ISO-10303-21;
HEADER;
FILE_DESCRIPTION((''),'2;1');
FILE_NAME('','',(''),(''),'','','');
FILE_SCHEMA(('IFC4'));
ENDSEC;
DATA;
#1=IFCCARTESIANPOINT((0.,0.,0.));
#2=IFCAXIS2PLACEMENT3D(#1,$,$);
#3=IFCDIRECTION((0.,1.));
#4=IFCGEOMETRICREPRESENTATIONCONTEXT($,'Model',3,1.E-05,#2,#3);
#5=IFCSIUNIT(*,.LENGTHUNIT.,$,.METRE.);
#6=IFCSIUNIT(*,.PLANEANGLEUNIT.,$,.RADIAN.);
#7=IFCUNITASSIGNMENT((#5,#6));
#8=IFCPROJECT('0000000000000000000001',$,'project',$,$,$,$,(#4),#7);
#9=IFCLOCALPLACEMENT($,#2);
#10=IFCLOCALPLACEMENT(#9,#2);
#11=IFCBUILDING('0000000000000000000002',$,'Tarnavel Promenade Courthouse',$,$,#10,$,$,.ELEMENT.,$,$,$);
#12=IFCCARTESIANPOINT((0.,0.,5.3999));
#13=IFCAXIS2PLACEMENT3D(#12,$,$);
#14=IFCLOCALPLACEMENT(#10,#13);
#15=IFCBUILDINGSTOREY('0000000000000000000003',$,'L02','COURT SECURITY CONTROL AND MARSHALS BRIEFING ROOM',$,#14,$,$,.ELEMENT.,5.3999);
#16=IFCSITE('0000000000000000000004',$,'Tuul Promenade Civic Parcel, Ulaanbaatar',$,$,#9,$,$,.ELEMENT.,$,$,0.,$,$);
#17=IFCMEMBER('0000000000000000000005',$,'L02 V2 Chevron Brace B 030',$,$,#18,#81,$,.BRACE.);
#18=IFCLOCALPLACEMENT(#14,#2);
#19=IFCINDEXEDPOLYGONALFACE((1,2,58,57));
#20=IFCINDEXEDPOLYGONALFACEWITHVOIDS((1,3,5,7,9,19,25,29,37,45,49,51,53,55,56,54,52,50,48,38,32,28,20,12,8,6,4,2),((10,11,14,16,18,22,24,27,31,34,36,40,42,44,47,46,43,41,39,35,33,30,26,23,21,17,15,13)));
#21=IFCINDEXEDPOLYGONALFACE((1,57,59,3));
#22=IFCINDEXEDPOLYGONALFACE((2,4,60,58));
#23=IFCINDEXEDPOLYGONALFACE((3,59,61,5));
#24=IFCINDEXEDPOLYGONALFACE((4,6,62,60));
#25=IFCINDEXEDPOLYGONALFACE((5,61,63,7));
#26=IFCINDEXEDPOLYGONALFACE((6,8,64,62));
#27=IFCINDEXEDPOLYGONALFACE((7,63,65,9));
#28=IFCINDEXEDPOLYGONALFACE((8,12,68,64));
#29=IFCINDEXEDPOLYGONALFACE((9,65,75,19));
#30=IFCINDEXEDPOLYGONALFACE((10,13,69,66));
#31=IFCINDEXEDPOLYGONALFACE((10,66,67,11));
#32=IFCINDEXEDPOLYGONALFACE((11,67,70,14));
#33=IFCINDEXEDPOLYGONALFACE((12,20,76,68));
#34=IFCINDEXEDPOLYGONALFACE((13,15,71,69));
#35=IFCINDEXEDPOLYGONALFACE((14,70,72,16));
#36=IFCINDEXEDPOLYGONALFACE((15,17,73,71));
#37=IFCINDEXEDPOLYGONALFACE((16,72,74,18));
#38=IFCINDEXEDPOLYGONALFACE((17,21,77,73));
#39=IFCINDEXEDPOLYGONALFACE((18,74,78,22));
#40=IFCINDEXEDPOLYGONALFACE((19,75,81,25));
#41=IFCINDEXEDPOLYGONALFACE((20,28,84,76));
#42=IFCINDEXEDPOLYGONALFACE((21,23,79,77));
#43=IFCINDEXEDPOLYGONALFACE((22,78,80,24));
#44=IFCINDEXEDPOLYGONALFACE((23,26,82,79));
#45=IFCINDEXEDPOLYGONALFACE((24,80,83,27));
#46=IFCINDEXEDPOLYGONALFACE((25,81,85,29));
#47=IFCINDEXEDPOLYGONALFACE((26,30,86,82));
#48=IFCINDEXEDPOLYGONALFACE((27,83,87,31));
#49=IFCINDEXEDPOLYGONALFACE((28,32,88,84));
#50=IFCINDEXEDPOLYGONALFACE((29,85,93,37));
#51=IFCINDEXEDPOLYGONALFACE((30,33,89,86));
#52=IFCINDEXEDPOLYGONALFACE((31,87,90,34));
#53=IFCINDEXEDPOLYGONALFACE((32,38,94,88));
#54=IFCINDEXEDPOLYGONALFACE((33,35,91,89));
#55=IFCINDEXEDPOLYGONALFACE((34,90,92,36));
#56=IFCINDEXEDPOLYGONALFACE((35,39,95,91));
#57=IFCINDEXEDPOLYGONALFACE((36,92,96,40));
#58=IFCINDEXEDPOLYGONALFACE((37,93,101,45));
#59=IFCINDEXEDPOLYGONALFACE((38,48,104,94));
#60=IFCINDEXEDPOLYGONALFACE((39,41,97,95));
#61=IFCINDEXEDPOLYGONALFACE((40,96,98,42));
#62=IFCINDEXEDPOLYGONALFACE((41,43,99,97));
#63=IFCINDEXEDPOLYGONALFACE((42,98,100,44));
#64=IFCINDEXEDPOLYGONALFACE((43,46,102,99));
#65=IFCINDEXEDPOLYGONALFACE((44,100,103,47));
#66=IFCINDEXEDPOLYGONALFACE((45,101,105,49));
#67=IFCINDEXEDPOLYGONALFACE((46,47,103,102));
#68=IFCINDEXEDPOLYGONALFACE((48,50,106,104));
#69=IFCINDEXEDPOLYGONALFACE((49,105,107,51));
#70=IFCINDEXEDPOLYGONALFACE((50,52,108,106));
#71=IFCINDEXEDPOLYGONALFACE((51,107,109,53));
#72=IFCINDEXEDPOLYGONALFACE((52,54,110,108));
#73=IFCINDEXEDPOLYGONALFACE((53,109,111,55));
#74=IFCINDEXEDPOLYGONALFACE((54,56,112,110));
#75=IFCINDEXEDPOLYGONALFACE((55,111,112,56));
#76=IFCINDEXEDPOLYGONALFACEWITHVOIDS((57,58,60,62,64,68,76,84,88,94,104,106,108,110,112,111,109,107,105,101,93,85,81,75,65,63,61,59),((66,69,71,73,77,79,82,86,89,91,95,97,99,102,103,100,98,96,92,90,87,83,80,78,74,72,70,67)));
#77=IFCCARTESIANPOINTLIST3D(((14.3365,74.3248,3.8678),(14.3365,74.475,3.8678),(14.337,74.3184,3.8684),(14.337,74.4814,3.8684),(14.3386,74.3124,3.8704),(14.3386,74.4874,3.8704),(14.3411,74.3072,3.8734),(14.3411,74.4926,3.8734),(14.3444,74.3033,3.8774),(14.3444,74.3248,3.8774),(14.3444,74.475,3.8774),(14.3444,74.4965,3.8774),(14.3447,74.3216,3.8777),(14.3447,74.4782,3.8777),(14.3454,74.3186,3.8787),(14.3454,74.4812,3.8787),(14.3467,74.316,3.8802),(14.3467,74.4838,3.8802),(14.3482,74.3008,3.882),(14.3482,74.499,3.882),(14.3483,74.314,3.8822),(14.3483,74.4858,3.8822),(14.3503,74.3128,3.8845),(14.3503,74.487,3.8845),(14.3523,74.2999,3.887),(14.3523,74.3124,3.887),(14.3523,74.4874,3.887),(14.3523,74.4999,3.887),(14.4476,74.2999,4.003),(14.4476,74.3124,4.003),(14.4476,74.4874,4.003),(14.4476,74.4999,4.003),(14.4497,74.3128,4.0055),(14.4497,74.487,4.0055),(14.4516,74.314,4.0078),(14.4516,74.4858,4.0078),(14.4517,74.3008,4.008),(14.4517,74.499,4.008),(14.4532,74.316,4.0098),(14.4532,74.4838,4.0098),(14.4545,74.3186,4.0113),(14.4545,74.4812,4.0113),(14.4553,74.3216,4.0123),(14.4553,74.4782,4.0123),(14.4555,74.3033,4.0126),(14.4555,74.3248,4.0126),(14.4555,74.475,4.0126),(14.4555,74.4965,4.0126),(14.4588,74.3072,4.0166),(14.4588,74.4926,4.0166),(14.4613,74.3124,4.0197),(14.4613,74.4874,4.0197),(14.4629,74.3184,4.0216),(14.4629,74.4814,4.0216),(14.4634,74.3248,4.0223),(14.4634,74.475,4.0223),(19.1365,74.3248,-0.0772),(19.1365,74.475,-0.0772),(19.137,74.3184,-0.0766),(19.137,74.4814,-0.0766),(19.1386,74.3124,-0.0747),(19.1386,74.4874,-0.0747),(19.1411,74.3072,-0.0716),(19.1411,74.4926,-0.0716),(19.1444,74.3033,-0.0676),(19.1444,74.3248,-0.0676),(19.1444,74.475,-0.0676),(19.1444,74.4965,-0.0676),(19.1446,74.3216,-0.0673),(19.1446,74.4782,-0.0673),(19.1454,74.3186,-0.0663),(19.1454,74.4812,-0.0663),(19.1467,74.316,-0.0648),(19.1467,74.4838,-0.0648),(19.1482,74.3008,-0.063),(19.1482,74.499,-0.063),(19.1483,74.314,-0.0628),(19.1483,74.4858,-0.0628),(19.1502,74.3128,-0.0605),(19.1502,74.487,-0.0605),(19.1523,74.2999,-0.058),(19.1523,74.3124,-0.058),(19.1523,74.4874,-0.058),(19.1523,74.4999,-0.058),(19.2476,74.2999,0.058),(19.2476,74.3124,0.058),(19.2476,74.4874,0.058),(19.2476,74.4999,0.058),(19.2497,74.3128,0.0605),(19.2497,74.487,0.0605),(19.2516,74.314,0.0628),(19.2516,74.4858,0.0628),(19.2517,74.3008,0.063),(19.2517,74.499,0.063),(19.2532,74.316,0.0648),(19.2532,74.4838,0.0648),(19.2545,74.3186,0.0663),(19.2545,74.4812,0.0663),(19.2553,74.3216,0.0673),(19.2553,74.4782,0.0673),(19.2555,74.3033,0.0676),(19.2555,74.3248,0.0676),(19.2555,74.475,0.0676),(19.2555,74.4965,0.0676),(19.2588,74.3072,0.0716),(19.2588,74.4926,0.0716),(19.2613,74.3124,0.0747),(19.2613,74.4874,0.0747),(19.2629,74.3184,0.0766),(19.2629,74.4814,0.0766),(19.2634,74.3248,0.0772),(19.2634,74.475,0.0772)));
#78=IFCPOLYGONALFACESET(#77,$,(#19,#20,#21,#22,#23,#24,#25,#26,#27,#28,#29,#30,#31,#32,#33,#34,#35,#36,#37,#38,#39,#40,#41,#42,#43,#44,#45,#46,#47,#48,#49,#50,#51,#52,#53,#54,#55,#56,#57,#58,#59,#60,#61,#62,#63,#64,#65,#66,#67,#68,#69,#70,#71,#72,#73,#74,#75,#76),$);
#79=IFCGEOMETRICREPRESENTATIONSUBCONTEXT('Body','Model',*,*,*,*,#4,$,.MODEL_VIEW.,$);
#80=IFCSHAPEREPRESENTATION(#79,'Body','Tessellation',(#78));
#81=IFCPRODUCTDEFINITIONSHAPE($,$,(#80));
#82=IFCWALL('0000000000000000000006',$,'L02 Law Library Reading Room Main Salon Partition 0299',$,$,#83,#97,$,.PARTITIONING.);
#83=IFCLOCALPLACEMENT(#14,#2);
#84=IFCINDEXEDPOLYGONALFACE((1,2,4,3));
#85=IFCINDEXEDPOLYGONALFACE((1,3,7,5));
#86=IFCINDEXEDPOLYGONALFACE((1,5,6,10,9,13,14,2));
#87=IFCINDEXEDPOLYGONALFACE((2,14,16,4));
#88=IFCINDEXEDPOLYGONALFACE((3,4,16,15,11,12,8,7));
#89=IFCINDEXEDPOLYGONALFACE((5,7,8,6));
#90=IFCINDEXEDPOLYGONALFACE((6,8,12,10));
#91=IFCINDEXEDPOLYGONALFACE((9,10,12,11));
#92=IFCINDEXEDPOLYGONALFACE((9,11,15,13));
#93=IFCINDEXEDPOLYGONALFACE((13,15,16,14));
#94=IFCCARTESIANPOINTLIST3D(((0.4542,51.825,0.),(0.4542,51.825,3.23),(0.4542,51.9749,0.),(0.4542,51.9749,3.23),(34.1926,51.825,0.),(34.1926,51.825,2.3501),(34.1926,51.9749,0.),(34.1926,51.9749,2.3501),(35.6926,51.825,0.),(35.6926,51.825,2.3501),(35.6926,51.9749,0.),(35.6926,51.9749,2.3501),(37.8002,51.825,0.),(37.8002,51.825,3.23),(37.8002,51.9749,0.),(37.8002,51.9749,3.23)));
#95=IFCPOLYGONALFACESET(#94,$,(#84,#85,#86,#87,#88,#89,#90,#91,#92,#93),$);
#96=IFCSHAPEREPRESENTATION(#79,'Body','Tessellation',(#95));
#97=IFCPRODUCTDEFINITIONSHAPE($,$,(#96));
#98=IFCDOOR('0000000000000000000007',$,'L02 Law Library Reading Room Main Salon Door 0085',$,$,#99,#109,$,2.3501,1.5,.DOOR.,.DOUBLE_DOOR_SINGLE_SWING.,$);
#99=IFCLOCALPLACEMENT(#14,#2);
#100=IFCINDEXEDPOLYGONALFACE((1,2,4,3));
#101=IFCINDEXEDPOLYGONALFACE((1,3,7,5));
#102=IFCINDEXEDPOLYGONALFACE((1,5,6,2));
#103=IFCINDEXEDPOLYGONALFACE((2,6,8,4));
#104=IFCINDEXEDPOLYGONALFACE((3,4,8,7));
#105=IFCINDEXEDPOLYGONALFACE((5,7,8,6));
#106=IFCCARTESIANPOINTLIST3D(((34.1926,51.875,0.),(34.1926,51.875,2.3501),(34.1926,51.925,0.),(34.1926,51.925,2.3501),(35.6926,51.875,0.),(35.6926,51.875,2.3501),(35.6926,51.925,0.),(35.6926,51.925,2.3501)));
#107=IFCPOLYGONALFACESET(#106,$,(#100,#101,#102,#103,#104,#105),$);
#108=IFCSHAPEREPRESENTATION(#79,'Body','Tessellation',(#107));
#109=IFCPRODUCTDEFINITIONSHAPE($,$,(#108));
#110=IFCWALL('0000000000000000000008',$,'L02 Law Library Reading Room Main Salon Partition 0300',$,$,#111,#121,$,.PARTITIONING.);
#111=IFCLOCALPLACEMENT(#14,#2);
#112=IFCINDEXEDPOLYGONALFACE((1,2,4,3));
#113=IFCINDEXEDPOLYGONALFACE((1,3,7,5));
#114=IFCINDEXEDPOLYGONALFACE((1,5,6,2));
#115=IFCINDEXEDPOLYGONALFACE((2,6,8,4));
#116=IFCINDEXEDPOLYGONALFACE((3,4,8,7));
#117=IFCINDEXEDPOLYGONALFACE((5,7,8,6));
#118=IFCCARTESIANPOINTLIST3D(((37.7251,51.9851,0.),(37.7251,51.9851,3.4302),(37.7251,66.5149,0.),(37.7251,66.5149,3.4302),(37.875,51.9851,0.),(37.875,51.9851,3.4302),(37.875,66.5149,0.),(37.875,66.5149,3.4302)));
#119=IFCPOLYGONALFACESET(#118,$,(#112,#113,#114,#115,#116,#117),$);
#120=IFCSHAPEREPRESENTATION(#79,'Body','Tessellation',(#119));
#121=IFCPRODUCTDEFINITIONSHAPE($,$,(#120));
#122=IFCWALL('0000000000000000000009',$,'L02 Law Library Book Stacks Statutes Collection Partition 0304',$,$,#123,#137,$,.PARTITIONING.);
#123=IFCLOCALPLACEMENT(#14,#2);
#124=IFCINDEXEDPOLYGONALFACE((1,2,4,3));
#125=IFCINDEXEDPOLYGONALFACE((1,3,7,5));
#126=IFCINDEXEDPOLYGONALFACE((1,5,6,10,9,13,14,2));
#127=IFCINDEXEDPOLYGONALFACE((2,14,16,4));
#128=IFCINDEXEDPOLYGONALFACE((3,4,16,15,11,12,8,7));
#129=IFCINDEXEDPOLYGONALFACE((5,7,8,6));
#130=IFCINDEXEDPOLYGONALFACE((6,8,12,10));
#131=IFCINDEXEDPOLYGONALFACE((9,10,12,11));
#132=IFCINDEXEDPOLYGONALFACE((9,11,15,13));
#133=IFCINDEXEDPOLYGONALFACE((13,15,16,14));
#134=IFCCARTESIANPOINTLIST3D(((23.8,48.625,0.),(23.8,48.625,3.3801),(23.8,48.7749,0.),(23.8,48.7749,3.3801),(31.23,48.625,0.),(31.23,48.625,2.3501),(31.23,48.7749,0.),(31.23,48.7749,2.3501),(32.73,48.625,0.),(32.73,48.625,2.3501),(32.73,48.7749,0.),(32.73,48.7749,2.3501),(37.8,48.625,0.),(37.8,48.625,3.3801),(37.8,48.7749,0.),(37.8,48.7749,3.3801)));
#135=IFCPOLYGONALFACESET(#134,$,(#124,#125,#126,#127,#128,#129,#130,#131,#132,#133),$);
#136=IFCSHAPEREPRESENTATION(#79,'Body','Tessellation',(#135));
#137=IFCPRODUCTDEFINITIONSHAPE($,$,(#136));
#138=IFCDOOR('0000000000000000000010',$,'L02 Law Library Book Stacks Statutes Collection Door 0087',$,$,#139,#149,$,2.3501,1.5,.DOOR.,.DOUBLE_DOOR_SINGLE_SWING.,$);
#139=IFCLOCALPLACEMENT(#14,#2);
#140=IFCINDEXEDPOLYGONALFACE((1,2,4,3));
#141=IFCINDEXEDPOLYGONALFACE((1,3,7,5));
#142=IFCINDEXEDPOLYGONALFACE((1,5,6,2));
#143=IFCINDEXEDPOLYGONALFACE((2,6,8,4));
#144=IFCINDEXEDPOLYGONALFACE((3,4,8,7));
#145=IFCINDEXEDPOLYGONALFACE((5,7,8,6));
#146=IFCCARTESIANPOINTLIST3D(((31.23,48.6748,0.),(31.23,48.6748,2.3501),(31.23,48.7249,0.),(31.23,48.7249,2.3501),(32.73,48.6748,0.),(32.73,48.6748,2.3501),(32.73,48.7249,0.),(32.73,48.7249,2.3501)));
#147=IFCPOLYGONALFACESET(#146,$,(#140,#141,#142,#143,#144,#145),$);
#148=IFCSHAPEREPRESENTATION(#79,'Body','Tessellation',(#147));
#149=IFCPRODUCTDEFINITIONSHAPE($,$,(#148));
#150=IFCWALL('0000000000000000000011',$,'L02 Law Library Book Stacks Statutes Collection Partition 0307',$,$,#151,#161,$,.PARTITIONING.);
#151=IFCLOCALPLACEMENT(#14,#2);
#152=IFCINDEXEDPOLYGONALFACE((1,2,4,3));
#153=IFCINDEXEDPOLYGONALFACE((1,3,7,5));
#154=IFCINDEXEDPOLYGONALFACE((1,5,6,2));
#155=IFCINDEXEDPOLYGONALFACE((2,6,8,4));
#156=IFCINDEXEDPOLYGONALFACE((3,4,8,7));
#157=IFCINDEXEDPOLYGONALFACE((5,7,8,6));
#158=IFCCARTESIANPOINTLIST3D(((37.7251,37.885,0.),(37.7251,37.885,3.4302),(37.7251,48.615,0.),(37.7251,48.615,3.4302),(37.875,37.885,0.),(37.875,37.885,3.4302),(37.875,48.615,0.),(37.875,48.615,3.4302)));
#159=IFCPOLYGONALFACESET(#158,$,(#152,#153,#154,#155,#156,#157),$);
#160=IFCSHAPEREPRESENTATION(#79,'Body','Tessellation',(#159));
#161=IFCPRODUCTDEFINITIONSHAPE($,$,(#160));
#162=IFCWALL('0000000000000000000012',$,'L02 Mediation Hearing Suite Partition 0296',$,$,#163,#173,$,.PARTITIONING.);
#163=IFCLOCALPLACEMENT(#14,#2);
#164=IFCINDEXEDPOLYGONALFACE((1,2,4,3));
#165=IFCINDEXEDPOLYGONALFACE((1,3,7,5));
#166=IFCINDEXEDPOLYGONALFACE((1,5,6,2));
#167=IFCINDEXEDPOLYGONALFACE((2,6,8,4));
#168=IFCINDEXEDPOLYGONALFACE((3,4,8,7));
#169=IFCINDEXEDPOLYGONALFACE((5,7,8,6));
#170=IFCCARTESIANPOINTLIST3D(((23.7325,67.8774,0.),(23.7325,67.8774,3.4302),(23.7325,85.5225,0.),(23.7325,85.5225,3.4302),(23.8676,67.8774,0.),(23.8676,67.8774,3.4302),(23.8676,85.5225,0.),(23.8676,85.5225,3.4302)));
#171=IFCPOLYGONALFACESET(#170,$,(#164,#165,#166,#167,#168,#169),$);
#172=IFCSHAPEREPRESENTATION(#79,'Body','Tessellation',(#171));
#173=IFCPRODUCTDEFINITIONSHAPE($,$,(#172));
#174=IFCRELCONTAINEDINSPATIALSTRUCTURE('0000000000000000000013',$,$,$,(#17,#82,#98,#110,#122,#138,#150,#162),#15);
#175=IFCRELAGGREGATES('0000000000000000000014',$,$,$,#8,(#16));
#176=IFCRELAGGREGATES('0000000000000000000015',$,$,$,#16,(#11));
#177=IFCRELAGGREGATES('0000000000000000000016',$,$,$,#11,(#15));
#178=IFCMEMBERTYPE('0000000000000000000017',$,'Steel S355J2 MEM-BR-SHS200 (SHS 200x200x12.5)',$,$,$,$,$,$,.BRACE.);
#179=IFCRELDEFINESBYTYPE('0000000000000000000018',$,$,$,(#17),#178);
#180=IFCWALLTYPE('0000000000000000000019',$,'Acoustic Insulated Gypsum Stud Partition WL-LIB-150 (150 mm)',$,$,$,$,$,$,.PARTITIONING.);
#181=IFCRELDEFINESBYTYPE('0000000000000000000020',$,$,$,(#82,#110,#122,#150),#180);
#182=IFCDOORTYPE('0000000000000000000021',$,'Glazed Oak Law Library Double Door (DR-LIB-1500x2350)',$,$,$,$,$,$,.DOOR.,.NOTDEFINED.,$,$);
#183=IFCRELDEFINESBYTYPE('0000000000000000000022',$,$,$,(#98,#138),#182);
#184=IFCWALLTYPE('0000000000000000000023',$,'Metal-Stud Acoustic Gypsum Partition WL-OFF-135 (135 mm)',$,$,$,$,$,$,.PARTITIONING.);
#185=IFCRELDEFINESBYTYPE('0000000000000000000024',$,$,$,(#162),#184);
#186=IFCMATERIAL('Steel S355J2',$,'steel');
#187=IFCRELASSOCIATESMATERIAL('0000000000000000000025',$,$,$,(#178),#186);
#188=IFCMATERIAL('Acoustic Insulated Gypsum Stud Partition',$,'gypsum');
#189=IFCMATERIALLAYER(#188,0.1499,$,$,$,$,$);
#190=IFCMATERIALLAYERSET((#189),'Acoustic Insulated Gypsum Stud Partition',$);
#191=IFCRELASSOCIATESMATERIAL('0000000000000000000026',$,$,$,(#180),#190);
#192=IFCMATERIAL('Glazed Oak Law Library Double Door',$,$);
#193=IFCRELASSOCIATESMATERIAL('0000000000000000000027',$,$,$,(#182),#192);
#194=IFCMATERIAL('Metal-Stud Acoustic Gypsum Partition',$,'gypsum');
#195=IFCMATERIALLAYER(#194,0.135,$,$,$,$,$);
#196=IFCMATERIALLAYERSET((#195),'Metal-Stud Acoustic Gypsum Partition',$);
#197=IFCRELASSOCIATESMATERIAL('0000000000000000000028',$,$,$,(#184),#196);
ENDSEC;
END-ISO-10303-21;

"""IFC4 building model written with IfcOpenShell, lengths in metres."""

from ifc_helpers import new_model, si_unit, direction, frame, frame_2d, origin, origin_2d, place, context, subcontext, project, spatial, rectangle, hollow_rectangle, extrude, material, layer, layer_set, material_profile, profile_set, type_object, element, fill, save


model = new_model("IFC4")

# Units and contexts
model_context = context("Model", 3, precision=1e-05, world=origin(), true_north=direction((0.0, 1.0)))
body_context = subcontext(model_context, "Body", "Model", "MODEL_VIEW")
ifc_project = project(units=[si_unit("LENGTHUNIT", "METRE"), si_unit("PLANEANGLEUNIT", "RADIAN")], contexts=[model_context])

# Site, building, storey
site_placement = place(None, origin())
site = spatial("IfcSite", under=ifc_project, at=site_placement, Name="Tuul Promenade Civic Parcel, Ulaanbaatar", CompositionType="ELEMENT", RefElevation=0.0)
building_placement = place(site_placement, origin())
building = spatial("IfcBuilding", under=site, at=building_placement, Name="Tarnavel Promenade Courthouse", CompositionType="ELEMENT")
storey_placement = place(building_placement, frame((0.0, 0.0, 5.3999)))
storey = spatial("IfcBuildingStorey", under=building, at=storey_placement, Name="L02", Description="COURT SECURITY CONTROL AND MARSHALS BRIEFING ROOM", CompositionType="ELEMENT", Elevation=5.3999)

# Member
ifc_material_1 = material(Name="Steel S355J2", Category="steel")
ifc_material_profile_1 = material_profile(ifc_material_1, hollow_rectangle(XDim=0.2, YDim=0.2, WallThickness=0.0125, InnerFilletRadius=0.0125, OuterFilletRadius=0.0249, at=origin_2d()), Name="SHS 200x200x12.5")
ifc_profile_set_1 = profile_set([ifc_material_profile_1], Name="Steel S355J2")
member_type = type_object("IfcMemberType", Name="Steel S355J2 MEM-BR-SHS200 (SHS 200x200x12.5)", PredefinedType="BRACE", material=ifc_profile_set_1)
member_placement = place(storey_placement, frame((19.2, 74.3999, 0.0), z_axis=(-0.772555, 0.0, 0.634948), x_axis=(0.0, -1.0, 0.0)))
element("IfcMember", 1, at=member_placement, inside=storey, type_object=member_type, Name="L02 V2 Chevron Brace B 030", PredefinedType="BRACE", context=body_context, shape_type="SweptSolid", body=[
    extrude(hollow_rectangle(XDim=0.2, YDim=0.2, WallThickness=0.0125, InnerFilletRadius=0.0125, OuterFilletRadius=0.0249, at=origin_2d()), origin(), (0.0, 0.0, 1.0), 6.2131),
])

# Wall, opening, door
ifc_material_2 = material(Name="Acoustic Insulated Gypsum Stud Partition", Category="gypsum")
ifc_layer_1 = layer(ifc_material_2, 0.1499)
ifc_layer_set_1 = layer_set([ifc_layer_1], Name="Acoustic Insulated Gypsum Stud Partition")
wall_type_1 = type_object("IfcWallType", Name="Acoustic Insulated Gypsum Stud Partition WL-LIB-150 (150 mm)", PredefinedType="PARTITIONING", material=ifc_layer_set_1)
wall_1_placement = place(storey_placement, frame((37.8, 51.8999, 0.0), z_axis=(0.0, 0.0, 1.0), x_axis=(-1.0, 0.0, 0.0)))
wall_1 = element("IfcWall", 2, at=wall_1_placement, inside=storey, type_object=wall_type_1, Name="L02 Law Library Reading Room Main Salon Partition 0299", PredefinedType="PARTITIONING", context=body_context, shape_type="SweptSolid", body=[
    extrude(rectangle(XDim=37.3459, YDim=0.1499, at=frame_2d((18.6729, 0.0))), origin(), (0.0, 0.0, 1.0), 3.23),
])
opening_1_placement = place(wall_1_placement, frame((2.1074, 0.0, 0.0)))
opening_1 = element("IfcOpeningElement", 3, at=opening_1_placement, cuts=wall_1, PredefinedType="OPENING", context=body_context, shape_type="SweptSolid", body=[
    extrude(rectangle(XDim=1.5, YDim=2.3501, at=frame_2d((0.75, 1.175))), frame((0.0, 0.085, 0.0), z_axis=(0.0, -1.0, 0.0), x_axis=(1.0, 0.0, 0.0)), (0.0, 0.0, 1.0), 0.1699),
])
ifc_material_3 = material(Name="Glazed Oak Law Library Double Door")
door_type = type_object("IfcDoorType", Name="Glazed Oak Law Library Double Door (DR-LIB-1500x2350)", OperationType="NOTDEFINED", PredefinedType="DOOR", material=ifc_material_3)
door_1_placement = place(opening_1_placement, origin())
door_1 = element("IfcDoor", 4, at=door_1_placement, inside=storey, type_object=door_type, Name="L02 Law Library Reading Room Main Salon Door 0085", OperationType="DOUBLE_DOOR_SINGLE_SWING", OverallHeight=2.3501, OverallWidth=1.5, PredefinedType="DOOR", context=body_context, shape_type="SweptSolid", body=[
    extrude(rectangle(XDim=1.5, YDim=2.3501, at=frame_2d((0.75, 1.175))), frame((0.0, 0.0249, 0.0), z_axis=(0.0, -1.0, 0.0), x_axis=(1.0, 0.0, 0.0)), (0.0, 0.0, 1.0), 0.05),
])
fill(opening_1, door_1)

# Wall
wall_2_placement = place(storey_placement, frame((37.8, 66.5149, 0.0), z_axis=(0.0, 0.0, 1.0), x_axis=(0.0, -1.0, 0.0)))
element("IfcWall", 5, at=wall_2_placement, inside=storey, type_object=wall_type_1, Name="L02 Law Library Reading Room Main Salon Partition 0300", PredefinedType="PARTITIONING", context=body_context, shape_type="SweptSolid", body=[
    extrude(rectangle(XDim=14.5298, YDim=0.1499, at=frame_2d((7.2649, 0.0))), origin(), (0.0, 0.0, 1.0), 3.4302),
])

# Wall, opening, door
wall_3_placement = place(storey_placement, frame((23.8, 48.7, 0.0), z_axis=(0.0, 0.0, 1.0), x_axis=(1.0, 0.0, 0.0)))
wall_3 = element("IfcWall", 6, at=wall_3_placement, inside=storey, type_object=wall_type_1, Name="L02 Law Library Book Stacks Statutes Collection Partition 0304", PredefinedType="PARTITIONING", context=body_context, shape_type="SweptSolid", body=[
    extrude(rectangle(XDim=14.0, YDim=0.1499, at=frame_2d((7.0, 0.0))), origin(), (0.0, 0.0, 1.0), 3.3801),
])
opening_2_placement = place(wall_3_placement, frame((7.4299, 0.0, 0.0)))
opening_2 = element("IfcOpeningElement", 7, at=opening_2_placement, cuts=wall_3, PredefinedType="OPENING", context=body_context, shape_type="SweptSolid", body=[
    extrude(rectangle(XDim=1.5, YDim=2.3501, at=frame_2d((0.75, 1.175))), frame((0.0, 0.085, 0.0), z_axis=(0.0, -1.0, 0.0), x_axis=(1.0, 0.0, 0.0)), (0.0, 0.0, 1.0), 0.1699),
])
door_2_placement = place(opening_2_placement, origin())
door_2 = element("IfcDoor", 8, at=door_2_placement, inside=storey, type_object=door_type, Name="L02 Law Library Book Stacks Statutes Collection Door 0087", OperationType="DOUBLE_DOOR_SINGLE_SWING", OverallHeight=2.3501, OverallWidth=1.5, PredefinedType="DOOR", context=body_context, shape_type="SweptSolid", body=[
    extrude(rectangle(XDim=1.5, YDim=2.3501, at=frame_2d((0.75, 1.175))), frame((0.0, 0.0249, 0.0), z_axis=(0.0, -1.0, 0.0), x_axis=(1.0, 0.0, 0.0)), (0.0, 0.0, 1.0), 0.05),
])
fill(opening_2, door_2)

# Walls
wall_4_placement = place(storey_placement, frame((37.8, 48.615, 0.0), z_axis=(0.0, 0.0, 1.0), x_axis=(0.0, -1.0, 0.0)))
element("IfcWall", 9, at=wall_4_placement, inside=storey, type_object=wall_type_1, Name="L02 Law Library Book Stacks Statutes Collection Partition 0307", PredefinedType="PARTITIONING", context=body_context, shape_type="SweptSolid", body=[
    extrude(rectangle(XDim=10.73, YDim=0.1499, at=frame_2d((5.365, 0.0))), origin(), (0.0, 0.0, 1.0), 3.4302),
])
ifc_material_4 = material(Name="Metal-Stud Acoustic Gypsum Partition", Category="gypsum")
ifc_layer_2 = layer(ifc_material_4, 0.135)
ifc_layer_set_2 = layer_set([ifc_layer_2], Name="Metal-Stud Acoustic Gypsum Partition")
wall_type_2 = type_object("IfcWallType", Name="Metal-Stud Acoustic Gypsum Partition WL-OFF-135 (135 mm)", PredefinedType="PARTITIONING", material=ifc_layer_set_2)
wall_5_placement = place(storey_placement, frame((23.8, 67.8774, 0.0), z_axis=(0.0, 0.0, 1.0), x_axis=(0.0, 1.0, 0.0)))
element("IfcWall", 10, at=wall_5_placement, inside=storey, type_object=wall_type_2, Name="L02 Mediation Hearing Suite Partition 0296", PredefinedType="PARTITIONING", context=body_context, shape_type="SweptSolid", body=[
    extrude(rectangle(XDim=17.645, YDim=0.135, at=frame_2d((8.8225, 0.0))), origin(), (0.0, 0.0, 1.0), 3.4302),
])

save(model, "model.ifc")
